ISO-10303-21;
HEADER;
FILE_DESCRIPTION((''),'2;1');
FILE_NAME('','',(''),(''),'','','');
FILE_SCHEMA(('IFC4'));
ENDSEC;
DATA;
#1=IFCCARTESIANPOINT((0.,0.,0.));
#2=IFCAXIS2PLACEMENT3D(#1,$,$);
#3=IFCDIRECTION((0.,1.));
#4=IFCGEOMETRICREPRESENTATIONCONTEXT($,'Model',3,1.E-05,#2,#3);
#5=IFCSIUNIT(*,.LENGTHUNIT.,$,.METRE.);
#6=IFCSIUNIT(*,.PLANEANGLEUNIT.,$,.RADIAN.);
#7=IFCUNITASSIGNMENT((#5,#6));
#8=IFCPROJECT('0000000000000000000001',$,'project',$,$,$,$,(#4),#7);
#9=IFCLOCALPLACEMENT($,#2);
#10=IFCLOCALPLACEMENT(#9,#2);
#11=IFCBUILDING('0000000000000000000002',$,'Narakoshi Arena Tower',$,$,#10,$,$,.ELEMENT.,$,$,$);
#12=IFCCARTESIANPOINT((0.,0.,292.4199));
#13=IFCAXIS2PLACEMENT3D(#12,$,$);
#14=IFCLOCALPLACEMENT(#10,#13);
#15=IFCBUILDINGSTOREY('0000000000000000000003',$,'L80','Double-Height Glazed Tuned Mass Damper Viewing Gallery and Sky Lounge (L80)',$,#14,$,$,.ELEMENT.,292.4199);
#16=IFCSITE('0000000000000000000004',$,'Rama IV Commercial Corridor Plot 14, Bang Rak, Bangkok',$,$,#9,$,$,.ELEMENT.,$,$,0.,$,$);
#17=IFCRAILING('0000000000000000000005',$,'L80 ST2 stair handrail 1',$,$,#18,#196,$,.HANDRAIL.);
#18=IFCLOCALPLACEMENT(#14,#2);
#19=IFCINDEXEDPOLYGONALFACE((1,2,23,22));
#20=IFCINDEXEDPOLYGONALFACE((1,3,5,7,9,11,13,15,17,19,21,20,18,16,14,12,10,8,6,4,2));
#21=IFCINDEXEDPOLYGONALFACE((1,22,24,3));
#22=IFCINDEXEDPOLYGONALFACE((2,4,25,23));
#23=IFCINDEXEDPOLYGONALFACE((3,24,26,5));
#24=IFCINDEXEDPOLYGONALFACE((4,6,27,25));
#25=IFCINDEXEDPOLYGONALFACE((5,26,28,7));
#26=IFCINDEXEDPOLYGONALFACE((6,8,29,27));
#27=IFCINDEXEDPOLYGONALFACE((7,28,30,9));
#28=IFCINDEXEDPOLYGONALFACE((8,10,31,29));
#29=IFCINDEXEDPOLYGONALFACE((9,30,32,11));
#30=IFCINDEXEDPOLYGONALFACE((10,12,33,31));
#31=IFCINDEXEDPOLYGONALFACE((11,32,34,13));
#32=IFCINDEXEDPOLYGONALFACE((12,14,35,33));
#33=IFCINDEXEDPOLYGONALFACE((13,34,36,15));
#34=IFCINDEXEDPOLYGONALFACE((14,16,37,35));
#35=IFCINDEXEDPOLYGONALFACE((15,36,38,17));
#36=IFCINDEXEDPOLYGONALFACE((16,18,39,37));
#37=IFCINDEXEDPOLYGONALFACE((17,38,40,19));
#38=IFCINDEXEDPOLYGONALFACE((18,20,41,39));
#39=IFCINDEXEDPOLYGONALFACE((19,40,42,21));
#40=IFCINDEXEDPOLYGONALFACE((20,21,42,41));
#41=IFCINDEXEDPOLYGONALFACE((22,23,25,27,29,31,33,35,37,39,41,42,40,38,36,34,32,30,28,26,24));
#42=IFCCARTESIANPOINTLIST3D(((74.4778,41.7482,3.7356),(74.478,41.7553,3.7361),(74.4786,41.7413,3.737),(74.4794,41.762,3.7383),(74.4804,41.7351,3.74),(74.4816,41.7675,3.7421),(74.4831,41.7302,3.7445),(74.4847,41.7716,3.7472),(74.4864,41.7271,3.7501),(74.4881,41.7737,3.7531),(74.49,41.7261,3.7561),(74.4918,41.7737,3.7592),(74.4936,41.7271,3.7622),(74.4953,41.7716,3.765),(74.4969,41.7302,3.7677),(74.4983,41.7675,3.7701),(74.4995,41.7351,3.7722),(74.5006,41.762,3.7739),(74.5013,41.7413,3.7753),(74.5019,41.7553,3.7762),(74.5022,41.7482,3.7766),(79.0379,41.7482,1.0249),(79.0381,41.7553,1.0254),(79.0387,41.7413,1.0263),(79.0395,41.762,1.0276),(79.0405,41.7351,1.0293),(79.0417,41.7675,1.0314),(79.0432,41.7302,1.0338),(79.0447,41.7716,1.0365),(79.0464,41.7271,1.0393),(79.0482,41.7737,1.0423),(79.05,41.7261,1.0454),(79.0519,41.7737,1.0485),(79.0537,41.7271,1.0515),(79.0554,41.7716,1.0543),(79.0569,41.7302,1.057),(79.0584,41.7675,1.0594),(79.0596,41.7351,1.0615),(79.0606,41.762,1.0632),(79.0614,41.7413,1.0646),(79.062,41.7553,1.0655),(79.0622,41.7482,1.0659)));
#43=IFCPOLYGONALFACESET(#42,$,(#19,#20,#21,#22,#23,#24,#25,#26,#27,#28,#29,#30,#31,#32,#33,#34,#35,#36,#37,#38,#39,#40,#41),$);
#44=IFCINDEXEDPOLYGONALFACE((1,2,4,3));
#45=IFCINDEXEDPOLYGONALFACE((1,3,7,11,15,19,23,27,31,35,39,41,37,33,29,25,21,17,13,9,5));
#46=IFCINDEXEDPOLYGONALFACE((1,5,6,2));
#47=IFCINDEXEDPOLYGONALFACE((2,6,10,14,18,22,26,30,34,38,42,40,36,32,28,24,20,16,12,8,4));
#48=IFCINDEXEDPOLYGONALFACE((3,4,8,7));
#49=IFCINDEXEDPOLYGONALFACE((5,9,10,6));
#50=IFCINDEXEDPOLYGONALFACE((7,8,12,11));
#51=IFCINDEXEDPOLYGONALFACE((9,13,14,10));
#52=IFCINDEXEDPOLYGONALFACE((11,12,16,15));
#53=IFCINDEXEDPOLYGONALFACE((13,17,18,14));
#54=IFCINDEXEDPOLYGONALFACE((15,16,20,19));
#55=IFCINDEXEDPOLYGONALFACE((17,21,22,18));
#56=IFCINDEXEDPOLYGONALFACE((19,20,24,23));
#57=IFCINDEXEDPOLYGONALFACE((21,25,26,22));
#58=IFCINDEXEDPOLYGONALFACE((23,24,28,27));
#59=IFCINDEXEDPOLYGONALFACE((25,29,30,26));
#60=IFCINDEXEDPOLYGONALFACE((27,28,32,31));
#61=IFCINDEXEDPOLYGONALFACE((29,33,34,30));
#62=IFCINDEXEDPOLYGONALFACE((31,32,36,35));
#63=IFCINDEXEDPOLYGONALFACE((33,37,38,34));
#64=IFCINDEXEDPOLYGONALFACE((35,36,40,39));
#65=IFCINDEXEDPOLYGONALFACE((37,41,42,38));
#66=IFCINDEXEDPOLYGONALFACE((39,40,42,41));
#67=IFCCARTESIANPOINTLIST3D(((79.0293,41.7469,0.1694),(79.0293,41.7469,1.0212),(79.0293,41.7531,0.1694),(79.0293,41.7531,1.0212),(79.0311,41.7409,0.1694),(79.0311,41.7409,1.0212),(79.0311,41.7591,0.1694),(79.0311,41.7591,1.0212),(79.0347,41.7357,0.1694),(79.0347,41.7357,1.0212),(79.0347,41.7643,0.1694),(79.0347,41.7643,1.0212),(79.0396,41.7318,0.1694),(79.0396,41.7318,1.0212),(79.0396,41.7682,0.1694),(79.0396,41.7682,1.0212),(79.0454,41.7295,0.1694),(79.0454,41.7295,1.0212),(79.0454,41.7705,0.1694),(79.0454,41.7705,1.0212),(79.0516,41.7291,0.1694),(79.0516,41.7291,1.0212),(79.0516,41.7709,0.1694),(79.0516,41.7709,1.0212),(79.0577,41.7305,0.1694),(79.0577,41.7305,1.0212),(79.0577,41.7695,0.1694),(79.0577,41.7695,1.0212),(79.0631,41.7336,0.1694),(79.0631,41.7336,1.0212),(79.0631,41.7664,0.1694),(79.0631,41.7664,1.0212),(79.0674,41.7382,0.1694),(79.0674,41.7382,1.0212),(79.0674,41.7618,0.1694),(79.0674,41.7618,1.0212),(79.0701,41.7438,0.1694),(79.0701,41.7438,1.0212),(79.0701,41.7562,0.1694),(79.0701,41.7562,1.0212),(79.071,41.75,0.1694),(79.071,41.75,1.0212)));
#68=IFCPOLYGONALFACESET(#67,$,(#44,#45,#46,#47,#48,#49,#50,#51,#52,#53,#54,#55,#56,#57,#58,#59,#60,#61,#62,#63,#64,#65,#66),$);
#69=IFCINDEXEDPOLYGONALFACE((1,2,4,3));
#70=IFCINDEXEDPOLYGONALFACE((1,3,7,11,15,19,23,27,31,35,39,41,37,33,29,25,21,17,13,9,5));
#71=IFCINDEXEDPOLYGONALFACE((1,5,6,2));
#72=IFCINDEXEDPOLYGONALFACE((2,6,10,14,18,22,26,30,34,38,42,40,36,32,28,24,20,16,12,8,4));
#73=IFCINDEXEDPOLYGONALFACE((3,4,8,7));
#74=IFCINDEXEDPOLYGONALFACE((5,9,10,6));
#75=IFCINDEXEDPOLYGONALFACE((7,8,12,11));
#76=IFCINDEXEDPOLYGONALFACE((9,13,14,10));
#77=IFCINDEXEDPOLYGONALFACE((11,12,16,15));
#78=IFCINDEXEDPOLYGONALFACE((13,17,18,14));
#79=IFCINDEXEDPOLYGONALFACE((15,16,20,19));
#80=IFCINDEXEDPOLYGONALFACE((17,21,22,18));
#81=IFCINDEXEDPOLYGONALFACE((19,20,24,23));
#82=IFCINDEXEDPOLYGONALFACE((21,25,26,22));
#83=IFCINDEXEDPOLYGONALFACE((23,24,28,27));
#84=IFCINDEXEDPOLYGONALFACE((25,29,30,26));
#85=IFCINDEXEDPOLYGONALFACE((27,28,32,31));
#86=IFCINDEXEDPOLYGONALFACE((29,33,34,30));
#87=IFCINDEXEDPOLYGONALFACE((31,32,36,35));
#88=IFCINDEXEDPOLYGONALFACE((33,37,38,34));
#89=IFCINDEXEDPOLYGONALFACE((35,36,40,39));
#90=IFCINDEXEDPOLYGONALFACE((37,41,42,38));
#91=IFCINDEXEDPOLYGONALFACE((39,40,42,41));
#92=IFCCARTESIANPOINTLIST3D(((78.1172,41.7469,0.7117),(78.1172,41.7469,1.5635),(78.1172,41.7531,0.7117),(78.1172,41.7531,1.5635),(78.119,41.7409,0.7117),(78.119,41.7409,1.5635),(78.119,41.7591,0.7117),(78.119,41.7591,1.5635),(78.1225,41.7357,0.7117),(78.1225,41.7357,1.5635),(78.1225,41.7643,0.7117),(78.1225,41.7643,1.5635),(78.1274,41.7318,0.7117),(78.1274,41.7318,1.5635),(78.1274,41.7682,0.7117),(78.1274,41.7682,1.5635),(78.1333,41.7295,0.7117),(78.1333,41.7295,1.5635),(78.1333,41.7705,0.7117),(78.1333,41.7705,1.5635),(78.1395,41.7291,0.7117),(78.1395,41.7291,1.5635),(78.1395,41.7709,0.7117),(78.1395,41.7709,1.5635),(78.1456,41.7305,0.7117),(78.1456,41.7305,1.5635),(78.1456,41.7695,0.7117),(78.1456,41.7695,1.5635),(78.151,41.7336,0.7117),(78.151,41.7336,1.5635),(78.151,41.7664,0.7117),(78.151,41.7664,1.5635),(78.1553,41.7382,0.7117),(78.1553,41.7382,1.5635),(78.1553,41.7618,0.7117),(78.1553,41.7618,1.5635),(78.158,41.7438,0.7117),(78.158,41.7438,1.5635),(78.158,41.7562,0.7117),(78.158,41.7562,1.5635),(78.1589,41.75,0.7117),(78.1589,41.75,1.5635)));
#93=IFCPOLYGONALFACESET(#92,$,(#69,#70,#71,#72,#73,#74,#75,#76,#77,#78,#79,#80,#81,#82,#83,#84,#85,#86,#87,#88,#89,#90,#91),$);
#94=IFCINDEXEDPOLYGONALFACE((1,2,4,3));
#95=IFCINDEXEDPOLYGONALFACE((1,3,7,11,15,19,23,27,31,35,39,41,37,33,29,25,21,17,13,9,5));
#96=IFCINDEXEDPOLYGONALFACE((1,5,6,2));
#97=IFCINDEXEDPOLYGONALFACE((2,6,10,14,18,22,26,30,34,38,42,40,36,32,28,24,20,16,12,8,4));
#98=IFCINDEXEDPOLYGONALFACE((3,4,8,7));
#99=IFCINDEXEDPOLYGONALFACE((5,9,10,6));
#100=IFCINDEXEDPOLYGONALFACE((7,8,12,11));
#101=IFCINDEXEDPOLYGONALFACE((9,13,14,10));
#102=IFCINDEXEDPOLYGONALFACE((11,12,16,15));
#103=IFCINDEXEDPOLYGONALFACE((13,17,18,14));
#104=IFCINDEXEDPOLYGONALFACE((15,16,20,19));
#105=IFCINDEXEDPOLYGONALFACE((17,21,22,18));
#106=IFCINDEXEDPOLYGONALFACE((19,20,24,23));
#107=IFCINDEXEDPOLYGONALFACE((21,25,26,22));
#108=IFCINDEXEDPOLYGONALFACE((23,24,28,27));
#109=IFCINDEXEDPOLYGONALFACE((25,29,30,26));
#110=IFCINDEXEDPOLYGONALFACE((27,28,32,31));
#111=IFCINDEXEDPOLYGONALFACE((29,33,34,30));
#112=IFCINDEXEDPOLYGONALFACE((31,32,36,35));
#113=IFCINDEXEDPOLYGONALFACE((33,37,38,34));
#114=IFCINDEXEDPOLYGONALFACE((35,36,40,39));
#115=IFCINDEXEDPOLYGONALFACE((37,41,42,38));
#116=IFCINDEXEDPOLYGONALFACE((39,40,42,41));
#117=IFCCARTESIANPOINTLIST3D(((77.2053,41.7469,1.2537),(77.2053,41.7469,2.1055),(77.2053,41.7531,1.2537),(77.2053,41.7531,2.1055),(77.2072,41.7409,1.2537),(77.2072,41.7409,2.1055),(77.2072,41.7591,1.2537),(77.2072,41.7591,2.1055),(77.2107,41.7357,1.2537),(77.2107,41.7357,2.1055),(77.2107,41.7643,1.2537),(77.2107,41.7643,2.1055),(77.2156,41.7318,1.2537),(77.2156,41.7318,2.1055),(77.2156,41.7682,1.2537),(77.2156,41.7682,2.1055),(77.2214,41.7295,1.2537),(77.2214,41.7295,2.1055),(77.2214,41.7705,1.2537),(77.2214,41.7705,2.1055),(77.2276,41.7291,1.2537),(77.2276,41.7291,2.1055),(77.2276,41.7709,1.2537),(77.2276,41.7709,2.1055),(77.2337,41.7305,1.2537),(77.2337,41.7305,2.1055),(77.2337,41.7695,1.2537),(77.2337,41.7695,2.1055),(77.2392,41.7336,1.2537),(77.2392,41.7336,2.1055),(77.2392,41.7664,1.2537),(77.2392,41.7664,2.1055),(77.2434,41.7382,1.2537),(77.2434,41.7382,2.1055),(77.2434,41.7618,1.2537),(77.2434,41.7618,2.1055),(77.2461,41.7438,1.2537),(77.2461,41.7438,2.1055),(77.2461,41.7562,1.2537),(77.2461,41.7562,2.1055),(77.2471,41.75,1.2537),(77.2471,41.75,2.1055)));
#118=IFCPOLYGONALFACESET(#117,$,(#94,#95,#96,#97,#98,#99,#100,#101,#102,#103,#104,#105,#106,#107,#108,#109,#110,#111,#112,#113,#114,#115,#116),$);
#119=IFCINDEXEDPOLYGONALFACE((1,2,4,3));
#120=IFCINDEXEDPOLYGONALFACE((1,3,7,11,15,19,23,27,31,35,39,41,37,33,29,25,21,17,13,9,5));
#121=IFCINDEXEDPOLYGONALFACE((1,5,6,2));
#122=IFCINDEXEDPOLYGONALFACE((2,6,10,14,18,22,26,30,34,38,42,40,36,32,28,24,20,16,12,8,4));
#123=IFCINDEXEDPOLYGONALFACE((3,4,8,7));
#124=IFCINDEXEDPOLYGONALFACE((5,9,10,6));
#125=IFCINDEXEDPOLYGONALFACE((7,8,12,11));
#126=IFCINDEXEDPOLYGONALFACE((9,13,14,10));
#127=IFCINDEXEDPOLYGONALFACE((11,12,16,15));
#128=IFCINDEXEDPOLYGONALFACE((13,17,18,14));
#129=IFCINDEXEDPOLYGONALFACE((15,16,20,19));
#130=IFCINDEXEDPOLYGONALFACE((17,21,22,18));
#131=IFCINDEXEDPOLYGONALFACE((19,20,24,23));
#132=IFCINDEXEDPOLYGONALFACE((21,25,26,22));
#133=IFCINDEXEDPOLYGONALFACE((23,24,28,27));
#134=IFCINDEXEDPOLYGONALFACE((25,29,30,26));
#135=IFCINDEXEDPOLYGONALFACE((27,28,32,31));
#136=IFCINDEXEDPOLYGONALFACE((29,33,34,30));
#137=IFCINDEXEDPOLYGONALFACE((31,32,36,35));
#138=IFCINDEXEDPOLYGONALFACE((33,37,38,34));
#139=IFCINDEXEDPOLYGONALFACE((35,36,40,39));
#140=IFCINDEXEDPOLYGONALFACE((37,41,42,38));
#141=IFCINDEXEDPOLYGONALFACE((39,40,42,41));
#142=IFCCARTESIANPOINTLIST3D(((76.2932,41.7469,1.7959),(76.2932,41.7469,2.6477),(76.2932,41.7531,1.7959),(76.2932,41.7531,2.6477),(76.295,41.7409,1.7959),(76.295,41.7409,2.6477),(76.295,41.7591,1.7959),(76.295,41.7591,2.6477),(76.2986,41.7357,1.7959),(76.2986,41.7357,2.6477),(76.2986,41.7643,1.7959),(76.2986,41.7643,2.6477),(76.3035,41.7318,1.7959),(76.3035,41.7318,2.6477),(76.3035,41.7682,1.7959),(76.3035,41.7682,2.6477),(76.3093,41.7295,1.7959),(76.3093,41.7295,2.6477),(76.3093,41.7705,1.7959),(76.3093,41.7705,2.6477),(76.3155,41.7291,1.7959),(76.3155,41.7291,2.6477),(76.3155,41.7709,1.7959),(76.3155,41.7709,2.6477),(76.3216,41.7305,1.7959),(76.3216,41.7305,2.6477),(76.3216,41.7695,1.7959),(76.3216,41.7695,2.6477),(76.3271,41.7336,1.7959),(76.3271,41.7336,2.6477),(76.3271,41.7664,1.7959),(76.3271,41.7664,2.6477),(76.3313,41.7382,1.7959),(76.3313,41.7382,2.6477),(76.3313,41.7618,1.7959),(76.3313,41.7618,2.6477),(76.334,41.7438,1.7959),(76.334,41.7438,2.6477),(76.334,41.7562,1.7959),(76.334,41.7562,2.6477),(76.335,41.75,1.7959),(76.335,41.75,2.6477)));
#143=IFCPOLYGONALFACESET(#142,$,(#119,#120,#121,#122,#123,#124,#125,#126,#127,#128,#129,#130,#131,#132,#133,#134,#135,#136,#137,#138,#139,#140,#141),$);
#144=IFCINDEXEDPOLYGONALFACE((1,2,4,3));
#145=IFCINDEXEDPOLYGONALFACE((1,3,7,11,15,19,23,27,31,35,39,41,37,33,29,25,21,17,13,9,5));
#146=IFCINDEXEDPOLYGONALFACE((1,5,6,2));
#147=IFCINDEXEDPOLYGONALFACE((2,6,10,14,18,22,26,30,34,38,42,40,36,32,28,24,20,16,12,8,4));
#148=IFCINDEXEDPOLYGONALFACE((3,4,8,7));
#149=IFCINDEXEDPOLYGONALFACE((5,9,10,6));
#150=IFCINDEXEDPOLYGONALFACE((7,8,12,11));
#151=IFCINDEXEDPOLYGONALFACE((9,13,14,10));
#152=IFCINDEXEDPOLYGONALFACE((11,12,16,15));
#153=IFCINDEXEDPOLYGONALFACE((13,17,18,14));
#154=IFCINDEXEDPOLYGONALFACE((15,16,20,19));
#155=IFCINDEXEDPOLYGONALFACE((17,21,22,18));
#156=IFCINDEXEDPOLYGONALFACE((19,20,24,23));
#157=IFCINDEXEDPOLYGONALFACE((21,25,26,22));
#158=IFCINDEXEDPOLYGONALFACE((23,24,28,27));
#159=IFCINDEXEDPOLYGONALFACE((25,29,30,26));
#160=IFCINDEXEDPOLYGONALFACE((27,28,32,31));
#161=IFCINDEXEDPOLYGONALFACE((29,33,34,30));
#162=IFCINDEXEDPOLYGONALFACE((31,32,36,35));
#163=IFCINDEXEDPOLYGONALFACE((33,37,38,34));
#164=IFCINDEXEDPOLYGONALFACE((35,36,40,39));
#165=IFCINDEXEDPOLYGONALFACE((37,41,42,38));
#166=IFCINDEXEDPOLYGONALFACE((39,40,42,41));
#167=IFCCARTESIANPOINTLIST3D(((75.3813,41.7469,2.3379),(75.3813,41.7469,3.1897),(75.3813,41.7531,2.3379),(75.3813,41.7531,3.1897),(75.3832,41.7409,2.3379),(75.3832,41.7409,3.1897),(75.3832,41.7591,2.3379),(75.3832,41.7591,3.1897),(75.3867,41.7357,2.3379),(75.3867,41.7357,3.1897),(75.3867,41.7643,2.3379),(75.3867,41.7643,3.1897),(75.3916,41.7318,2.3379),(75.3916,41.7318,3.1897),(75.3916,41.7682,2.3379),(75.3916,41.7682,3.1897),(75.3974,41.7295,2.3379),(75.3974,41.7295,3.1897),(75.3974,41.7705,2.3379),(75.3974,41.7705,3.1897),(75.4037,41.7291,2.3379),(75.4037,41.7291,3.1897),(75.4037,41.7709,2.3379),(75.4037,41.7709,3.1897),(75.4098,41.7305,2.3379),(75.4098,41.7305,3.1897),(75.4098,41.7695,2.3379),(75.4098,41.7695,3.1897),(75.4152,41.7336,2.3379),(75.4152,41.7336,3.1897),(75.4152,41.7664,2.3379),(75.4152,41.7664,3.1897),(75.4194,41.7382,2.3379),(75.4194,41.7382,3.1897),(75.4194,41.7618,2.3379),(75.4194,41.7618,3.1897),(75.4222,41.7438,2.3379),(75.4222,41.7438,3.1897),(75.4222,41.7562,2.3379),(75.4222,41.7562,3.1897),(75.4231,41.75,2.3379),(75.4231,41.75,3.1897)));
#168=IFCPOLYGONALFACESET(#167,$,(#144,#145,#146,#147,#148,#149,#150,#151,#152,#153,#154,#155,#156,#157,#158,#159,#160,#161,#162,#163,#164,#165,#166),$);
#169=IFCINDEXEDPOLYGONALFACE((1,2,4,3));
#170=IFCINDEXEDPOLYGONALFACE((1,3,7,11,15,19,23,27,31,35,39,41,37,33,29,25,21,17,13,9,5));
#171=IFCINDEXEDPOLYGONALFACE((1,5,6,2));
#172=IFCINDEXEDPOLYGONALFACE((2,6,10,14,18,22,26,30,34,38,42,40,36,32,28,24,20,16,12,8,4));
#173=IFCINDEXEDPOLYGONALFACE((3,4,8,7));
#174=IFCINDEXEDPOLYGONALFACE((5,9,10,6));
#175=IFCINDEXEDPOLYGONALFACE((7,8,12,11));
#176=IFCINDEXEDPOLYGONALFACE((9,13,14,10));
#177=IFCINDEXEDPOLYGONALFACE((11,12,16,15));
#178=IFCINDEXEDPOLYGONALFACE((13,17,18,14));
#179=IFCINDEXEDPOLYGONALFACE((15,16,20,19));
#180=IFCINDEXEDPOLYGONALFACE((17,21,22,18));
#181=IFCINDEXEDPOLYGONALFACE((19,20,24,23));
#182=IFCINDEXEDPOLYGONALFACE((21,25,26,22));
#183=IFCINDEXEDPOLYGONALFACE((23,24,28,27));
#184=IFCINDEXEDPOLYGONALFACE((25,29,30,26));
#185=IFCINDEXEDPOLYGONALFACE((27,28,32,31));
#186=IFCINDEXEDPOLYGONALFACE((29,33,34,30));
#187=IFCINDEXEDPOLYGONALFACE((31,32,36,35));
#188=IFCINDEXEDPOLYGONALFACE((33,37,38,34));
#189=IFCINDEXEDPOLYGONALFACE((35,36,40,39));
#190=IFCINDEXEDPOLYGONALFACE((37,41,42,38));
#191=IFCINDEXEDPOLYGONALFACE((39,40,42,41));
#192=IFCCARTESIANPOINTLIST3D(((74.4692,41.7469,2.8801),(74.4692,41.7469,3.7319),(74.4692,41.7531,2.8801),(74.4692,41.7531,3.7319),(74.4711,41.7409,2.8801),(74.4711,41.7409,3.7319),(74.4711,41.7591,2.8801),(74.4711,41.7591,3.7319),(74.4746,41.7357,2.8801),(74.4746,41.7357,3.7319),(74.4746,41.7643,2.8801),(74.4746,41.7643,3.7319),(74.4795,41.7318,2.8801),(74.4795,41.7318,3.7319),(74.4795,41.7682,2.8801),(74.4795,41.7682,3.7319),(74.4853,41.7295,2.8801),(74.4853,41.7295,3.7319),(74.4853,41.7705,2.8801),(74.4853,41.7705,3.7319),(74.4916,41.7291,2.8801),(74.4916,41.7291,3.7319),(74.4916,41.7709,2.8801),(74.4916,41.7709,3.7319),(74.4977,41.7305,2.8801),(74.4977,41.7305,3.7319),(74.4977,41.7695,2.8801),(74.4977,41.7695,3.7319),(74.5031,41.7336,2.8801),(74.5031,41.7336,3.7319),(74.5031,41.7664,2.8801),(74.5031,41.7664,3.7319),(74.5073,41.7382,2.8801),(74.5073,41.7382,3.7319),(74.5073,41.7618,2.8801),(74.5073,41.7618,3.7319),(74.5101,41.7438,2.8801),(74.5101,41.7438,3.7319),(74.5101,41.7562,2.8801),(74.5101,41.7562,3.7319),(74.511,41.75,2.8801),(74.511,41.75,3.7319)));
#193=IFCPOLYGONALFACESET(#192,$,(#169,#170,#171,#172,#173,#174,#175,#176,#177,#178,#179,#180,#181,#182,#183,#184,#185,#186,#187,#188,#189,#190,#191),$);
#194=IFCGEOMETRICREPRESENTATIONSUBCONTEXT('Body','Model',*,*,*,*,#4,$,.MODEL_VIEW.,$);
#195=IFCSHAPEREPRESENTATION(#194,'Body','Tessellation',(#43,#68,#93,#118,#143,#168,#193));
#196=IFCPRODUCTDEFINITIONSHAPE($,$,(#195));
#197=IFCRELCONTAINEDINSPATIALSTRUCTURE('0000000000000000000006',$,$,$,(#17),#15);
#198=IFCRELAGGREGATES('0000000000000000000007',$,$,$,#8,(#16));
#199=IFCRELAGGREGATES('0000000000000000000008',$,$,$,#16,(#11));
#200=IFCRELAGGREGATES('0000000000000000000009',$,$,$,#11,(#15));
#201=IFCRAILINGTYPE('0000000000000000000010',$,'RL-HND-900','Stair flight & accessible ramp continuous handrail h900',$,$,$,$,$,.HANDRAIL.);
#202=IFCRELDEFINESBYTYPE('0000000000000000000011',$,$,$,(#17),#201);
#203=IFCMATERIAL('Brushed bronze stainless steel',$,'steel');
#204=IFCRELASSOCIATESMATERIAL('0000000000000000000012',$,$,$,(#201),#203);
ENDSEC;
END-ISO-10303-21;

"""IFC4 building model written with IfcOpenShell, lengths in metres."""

from ifc_helpers import new_model, si_unit, direction, frame, origin, origin_2d, place, context, subcontext, project, spatial, circle, extrude, material, type_object, element, save


model = new_model("IFC4")

# Units and contexts
model_context = context("Model", 3, precision=1e-05, world=origin(), true_north=direction((0.0, 1.0)))
body_context = subcontext(model_context, "Body", "Model", "MODEL_VIEW")
ifc_project = project(units=[si_unit("LENGTHUNIT", "METRE"), si_unit("PLANEANGLEUNIT", "RADIAN")], contexts=[model_context])

# Site, building, storey
site_placement = place(None, origin())
site = spatial("IfcSite", under=ifc_project, at=site_placement, Name="Rama IV Commercial Corridor Plot 14, Bang Rak, Bangkok", CompositionType="ELEMENT", RefElevation=0.0)
building_placement = place(site_placement, origin())
building = spatial("IfcBuilding", under=site, at=building_placement, Name="Narakoshi Arena Tower", CompositionType="ELEMENT")
storey_placement = place(building_placement, frame((0.0, 0.0, 292.4199)))
storey = spatial("IfcBuildingStorey", under=building, at=storey_placement, Name="L80", Description="Double-Height Glazed Tuned Mass Damper Viewing Gallery and Sky Lounge (L80)", CompositionType="ELEMENT", Elevation=292.4199)

# Shared definitions
ifc_material_1 = material(Name="Brushed bronze stainless steel", Category="steel")

# Railing
railing_type_1 = type_object("IfcRailingType", Name="RL-HND-900", Description="Stair flight & accessible ramp continuous handrail h900", PredefinedType="HANDRAIL", material=ifc_material_1)
railing_1_placement = place(storey_placement, frame((79.05, 41.75, 0.1694)))
element("IfcRailing", 1, at=railing_1_placement, inside=storey, type_object=railing_type_1, Name="L80 ST2 stair handrail 1", PredefinedType="HANDRAIL", context=body_context, shape_type="SweptSolid", body=[
    extrude(circle(Radius=0.0239, at=origin_2d()), frame((0.0, 0.0, 0.876), z_axis=(-0.859593, 0.0, 0.510979), x_axis=(0.0, -1.0, 0.0)), (0.0, 0.0, 1.0), 5.3049),
    extrude(circle(Radius=0.021, at=origin_2d()), origin(), (0.0, 0.0, 1.0), 0.8518),
    extrude(circle(Radius=0.021, at=origin_2d()), frame((-0.9121, 0.0, 0.5422)), (0.0, 0.0, 1.0), 0.8518),
    extrude(circle(Radius=0.021, at=origin_2d()), frame((-1.824, 0.0, 1.0842)), (0.0, 0.0, 1.0), 0.8518),
    extrude(circle(Radius=0.021, at=origin_2d()), frame((-2.7361, 0.0, 1.6265)), (0.0, 0.0, 1.0), 0.8518),
    extrude(circle(Radius=0.021, at=origin_2d()), frame((-3.6479, 0.0, 2.1685)), (0.0, 0.0, 1.0), 0.8518),
    extrude(circle(Radius=0.021, at=origin_2d()), frame((-4.5601, 0.0, 2.7107)), (0.0, 0.0, 1.0), 0.8518),
])

save(model, "model.ifc")
